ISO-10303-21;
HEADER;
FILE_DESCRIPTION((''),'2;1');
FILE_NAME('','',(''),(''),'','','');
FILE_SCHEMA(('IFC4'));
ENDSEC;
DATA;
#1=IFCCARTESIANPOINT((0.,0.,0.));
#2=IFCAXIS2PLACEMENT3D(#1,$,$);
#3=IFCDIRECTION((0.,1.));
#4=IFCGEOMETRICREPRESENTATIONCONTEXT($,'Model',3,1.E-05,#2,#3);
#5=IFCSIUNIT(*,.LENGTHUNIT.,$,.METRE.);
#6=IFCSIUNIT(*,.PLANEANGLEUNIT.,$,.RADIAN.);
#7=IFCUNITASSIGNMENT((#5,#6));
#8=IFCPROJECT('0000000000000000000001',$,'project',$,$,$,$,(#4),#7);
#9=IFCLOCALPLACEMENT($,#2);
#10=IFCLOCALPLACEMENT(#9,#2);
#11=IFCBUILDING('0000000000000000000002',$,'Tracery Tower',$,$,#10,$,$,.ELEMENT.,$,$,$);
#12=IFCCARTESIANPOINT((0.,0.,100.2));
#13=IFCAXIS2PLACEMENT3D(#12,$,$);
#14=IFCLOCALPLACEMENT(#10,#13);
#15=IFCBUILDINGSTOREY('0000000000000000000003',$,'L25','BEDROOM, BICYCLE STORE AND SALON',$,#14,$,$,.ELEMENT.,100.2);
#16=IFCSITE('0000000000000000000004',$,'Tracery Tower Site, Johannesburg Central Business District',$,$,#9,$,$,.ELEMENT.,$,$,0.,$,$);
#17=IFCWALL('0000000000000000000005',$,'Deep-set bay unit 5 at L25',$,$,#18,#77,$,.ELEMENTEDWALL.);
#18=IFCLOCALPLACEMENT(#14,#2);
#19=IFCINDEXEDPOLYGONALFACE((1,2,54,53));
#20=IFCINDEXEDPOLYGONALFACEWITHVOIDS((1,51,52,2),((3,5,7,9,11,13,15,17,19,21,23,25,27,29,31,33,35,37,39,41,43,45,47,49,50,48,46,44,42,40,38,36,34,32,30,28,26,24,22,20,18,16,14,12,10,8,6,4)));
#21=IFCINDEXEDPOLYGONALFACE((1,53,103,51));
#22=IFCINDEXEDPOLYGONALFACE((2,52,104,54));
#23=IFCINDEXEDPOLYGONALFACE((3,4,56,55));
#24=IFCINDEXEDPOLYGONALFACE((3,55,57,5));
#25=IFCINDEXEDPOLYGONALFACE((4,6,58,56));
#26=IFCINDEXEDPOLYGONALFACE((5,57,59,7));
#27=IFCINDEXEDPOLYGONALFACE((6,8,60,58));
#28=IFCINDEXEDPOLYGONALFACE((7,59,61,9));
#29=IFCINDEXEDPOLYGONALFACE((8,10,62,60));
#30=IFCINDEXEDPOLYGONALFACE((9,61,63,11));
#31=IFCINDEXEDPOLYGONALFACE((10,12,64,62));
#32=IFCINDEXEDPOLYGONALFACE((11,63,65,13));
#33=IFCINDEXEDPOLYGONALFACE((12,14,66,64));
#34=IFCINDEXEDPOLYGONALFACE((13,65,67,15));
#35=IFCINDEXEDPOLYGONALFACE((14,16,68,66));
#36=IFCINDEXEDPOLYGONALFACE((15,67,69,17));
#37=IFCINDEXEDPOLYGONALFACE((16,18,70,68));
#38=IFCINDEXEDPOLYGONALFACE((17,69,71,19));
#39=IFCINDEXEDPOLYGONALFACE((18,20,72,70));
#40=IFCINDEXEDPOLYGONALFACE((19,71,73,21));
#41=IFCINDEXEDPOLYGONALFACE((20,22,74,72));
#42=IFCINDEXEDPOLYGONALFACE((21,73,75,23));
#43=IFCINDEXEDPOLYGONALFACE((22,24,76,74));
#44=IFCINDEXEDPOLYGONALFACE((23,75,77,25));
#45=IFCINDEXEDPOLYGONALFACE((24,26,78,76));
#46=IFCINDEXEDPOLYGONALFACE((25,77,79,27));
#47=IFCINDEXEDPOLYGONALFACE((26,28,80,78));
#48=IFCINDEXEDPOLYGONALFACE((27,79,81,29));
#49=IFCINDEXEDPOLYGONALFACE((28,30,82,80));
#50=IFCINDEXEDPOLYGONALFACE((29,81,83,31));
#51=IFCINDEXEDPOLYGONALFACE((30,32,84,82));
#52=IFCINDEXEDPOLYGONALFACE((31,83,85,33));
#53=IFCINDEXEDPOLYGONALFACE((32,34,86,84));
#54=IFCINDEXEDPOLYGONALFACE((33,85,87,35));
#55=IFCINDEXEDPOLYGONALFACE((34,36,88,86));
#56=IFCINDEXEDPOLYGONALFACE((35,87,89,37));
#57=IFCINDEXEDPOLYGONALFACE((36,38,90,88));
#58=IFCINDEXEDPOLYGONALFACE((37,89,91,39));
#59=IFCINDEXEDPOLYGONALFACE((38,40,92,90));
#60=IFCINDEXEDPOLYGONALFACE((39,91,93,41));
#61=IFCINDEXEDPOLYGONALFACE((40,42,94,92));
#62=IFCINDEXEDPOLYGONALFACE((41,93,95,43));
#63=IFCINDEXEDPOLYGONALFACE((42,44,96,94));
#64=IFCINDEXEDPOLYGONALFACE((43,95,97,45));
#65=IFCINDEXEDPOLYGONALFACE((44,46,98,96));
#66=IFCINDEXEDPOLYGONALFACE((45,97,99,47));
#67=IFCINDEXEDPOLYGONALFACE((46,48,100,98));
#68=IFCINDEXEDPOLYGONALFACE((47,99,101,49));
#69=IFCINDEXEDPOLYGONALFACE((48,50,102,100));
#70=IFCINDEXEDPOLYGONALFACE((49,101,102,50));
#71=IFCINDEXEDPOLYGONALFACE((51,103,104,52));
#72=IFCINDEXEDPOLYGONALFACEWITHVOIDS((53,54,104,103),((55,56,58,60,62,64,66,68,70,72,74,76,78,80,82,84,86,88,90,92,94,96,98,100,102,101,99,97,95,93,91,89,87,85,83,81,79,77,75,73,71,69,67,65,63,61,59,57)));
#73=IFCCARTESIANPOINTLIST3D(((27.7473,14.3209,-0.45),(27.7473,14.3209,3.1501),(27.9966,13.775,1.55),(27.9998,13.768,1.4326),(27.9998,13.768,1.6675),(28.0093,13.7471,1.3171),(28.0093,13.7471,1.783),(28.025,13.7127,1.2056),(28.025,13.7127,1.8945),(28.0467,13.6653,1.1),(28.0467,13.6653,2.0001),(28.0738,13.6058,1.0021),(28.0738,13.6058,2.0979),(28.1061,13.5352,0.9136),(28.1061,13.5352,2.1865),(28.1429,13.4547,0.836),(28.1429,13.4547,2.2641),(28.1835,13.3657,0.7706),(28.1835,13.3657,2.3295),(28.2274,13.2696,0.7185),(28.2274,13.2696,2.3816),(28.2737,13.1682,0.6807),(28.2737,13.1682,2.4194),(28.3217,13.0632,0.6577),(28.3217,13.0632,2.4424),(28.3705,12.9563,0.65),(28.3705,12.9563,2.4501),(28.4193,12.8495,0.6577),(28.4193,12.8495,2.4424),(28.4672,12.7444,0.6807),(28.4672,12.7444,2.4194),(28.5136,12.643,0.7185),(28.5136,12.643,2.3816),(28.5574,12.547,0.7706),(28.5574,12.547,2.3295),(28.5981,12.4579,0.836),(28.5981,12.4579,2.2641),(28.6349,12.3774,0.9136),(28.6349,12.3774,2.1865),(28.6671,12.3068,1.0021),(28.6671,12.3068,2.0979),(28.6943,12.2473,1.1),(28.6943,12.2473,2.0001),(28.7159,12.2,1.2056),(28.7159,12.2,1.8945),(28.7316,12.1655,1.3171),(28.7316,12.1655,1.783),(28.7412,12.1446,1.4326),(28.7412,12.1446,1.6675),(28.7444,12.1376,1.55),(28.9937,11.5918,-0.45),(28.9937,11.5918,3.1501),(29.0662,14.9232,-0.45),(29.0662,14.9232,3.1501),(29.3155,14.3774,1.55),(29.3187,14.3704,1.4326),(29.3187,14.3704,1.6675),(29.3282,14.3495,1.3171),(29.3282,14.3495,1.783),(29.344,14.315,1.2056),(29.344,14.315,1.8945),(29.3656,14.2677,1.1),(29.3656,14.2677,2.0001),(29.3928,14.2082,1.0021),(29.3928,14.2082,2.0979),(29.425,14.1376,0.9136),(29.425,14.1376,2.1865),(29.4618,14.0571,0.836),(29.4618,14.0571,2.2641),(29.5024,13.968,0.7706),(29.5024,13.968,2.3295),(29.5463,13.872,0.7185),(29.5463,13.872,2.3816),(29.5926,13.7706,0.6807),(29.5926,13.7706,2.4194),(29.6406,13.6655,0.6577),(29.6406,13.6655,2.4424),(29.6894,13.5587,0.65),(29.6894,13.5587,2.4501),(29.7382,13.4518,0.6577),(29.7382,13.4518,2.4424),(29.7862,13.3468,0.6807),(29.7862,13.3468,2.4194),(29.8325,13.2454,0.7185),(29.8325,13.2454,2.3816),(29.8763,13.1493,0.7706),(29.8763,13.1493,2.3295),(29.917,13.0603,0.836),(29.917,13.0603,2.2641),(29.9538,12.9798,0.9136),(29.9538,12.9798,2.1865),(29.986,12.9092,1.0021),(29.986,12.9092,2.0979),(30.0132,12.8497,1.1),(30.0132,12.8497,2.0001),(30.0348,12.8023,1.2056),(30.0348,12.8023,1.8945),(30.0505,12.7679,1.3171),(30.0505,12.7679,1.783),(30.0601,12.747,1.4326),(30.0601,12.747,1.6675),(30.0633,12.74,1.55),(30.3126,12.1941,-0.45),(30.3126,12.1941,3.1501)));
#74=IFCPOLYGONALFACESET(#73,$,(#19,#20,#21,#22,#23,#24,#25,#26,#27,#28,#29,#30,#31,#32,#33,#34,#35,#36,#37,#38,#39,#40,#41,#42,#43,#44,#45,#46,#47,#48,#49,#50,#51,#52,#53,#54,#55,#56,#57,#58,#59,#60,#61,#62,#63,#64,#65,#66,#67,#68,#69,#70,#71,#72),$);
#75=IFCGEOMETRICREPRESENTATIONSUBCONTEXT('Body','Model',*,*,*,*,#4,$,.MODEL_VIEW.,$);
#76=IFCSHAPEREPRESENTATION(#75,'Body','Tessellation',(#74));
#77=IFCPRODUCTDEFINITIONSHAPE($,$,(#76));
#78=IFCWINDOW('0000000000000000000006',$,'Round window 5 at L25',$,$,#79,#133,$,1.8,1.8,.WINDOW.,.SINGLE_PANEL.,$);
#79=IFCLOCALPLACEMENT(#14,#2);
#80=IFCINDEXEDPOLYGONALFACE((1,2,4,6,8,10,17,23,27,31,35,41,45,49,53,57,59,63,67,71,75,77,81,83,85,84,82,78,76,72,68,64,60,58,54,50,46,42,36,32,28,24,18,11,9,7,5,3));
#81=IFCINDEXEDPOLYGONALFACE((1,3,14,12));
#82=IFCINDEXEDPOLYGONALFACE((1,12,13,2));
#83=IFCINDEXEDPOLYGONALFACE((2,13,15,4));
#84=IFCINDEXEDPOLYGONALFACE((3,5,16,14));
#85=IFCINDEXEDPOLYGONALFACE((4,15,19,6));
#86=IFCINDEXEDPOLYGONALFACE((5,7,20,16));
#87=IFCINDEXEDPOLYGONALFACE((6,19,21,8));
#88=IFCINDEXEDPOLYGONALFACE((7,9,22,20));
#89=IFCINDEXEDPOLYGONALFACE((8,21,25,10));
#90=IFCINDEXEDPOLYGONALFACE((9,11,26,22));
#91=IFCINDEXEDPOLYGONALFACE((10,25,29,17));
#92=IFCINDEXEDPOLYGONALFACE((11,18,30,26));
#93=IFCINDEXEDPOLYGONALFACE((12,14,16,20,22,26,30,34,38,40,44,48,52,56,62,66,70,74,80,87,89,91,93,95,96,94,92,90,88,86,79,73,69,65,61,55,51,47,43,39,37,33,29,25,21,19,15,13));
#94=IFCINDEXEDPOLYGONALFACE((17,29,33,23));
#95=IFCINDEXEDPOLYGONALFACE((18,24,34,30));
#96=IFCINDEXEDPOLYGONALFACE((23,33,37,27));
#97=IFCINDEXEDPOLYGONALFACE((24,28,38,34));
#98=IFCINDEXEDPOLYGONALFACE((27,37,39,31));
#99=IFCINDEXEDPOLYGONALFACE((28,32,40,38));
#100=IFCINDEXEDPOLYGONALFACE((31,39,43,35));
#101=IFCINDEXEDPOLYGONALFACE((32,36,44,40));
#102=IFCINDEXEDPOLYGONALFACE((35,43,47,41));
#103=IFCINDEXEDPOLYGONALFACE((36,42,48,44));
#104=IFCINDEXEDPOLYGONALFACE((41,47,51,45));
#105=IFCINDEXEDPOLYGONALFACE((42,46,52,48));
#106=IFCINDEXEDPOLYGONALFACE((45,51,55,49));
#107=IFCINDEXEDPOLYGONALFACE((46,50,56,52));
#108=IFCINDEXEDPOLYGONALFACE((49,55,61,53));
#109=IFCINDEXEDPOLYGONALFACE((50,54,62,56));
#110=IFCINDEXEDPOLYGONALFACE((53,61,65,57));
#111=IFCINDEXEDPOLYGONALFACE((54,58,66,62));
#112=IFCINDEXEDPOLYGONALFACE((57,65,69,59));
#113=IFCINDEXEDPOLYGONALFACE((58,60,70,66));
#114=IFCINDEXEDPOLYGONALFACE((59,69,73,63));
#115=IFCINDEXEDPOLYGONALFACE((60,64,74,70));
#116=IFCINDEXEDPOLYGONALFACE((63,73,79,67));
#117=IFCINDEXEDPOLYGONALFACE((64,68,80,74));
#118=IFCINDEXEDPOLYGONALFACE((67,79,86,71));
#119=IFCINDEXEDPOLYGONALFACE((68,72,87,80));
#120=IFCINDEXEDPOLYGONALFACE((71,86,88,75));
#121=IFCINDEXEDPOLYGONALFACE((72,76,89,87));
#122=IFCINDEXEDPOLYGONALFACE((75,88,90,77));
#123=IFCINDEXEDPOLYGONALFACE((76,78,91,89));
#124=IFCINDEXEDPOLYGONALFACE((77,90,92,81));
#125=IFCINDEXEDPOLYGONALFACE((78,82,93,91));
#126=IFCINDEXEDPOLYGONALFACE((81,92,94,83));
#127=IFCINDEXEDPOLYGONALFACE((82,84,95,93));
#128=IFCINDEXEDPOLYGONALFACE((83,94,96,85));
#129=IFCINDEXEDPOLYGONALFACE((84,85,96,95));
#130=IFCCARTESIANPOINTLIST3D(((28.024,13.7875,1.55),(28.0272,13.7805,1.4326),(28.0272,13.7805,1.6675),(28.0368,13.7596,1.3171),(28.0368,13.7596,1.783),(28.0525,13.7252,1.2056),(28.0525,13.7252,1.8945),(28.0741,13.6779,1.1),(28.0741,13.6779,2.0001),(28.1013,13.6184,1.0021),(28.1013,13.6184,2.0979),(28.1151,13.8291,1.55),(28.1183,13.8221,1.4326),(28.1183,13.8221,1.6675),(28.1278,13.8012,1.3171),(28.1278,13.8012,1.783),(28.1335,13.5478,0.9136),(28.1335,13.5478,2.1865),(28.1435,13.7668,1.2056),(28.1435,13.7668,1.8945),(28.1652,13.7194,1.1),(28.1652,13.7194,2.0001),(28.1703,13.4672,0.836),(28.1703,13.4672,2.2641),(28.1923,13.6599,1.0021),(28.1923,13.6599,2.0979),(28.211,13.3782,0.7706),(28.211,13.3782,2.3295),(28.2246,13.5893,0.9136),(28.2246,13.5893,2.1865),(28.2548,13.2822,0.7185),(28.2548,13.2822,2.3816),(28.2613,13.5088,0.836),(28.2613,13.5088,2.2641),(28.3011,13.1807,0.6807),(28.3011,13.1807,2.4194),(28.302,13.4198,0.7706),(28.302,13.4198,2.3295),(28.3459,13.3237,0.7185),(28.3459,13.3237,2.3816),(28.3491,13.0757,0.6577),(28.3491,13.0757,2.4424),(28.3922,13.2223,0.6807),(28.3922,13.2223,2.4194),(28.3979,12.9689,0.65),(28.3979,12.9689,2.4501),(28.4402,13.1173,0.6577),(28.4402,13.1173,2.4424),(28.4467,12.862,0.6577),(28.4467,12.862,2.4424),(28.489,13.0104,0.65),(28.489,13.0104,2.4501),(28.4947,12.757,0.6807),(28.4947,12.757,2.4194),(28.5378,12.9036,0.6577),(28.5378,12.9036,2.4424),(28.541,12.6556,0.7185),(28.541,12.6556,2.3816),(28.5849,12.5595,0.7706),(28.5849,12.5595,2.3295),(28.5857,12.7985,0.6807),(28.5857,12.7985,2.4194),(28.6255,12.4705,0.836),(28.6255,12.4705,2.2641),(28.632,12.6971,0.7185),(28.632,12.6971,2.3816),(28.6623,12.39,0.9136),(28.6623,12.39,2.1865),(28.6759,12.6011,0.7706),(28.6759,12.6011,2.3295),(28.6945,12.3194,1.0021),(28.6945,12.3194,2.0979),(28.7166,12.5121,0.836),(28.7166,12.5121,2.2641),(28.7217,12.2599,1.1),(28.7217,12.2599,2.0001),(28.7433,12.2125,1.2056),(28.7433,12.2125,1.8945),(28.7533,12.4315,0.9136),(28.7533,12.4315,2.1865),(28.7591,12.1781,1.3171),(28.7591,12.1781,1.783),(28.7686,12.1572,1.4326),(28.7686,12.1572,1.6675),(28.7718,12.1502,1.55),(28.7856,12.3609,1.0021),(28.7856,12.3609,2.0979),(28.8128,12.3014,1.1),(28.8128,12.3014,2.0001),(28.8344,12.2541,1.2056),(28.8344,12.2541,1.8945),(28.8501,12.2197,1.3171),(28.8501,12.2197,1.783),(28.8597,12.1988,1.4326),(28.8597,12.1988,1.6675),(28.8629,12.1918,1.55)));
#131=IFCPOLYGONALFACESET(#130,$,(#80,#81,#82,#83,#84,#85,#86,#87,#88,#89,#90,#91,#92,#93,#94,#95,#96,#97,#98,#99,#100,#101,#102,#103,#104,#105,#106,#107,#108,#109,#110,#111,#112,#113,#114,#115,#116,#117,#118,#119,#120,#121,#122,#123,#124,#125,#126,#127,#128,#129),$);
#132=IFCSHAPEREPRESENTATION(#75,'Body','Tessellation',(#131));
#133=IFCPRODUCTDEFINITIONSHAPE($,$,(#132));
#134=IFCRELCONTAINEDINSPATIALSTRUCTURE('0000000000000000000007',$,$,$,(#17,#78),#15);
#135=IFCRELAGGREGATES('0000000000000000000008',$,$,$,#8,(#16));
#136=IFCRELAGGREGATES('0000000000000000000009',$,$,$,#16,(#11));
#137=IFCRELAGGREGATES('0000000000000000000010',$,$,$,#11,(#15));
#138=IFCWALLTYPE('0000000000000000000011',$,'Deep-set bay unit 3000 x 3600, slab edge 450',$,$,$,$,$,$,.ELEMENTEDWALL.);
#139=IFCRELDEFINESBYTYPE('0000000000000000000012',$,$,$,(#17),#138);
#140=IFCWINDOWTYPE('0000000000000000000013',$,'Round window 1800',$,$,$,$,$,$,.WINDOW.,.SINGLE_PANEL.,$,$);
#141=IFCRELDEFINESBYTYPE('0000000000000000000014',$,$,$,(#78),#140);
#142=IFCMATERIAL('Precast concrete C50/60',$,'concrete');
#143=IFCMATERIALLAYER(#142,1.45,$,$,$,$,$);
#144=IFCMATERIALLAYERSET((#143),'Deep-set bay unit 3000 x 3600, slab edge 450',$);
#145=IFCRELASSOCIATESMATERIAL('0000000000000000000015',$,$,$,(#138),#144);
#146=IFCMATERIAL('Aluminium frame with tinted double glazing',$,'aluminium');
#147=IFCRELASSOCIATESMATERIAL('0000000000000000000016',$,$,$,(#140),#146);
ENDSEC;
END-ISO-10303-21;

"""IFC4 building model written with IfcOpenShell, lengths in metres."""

from ifc_helpers import new_model, si_unit, direction, frame, frame_2d, origin, origin_2d, place, context, subcontext, project, spatial, rectangle, circle, extrude, material, layer, layer_set, type_object, element, fill, save


model = new_model("IFC4")

# Units and contexts
model_context = context("Model", 3, precision=1e-05, world=origin(), true_north=direction((0.0, 1.0)))
body_context = subcontext(model_context, "Body", "Model", "MODEL_VIEW")
ifc_project = project(units=[si_unit("LENGTHUNIT", "METRE"), si_unit("PLANEANGLEUNIT", "RADIAN")], contexts=[model_context])

# Site, building, storey
site_placement = place(None, origin())
site = spatial("IfcSite", under=ifc_project, at=site_placement, Name="Tracery Tower Site, Johannesburg Central Business District", CompositionType="ELEMENT", RefElevation=0.0)
building_placement = place(site_placement, origin())
building = spatial("IfcBuilding", under=site, at=building_placement, Name="Tracery Tower", CompositionType="ELEMENT")
storey_placement = place(building_placement, frame((0.0, 0.0, 100.2)))
storey = spatial("IfcBuildingStorey", under=building, at=storey_placement, Name="L25", Description="BEDROOM, BICYCLE STORE AND SALON", CompositionType="ELEMENT", Elevation=100.2)

# Wall, opening, window
ifc_material_1 = material(Name="Precast concrete C50/60", Category="concrete")
ifc_layer_1 = layer(ifc_material_1, 1.45)
ifc_layer_set_1 = layer_set([ifc_layer_1], Name="Deep-set bay unit 3000 x 3600, slab edge 450")
wall_type_1 = type_object("IfcWallType", Name="Deep-set bay unit 3000 x 3600, slab edge 450", PredefinedType="ELEMENTEDWALL", material=ifc_layer_set_1)
wall_1_placement = place(storey_placement, frame((29.6531, 11.8931, -0.45), z_axis=(0.0, 0.0, 1.0), x_axis=(-0.415427, 0.909627, 0.0)))
wall_1 = element("IfcWall", 1, at=wall_1_placement, inside=storey, type_object=wall_type_1, Name="Deep-set bay unit 5 at L25", PredefinedType="ELEMENTEDWALL", context=body_context, shape_type="SweptSolid", body=[
    extrude(rectangle(XDim=3.0002, YDim=1.45, at=frame_2d((1.5, 0.0))), origin(), (0.0, 0.0, 1.0), 3.6001),
])
opening_1_placement = place(wall_1_placement, frame((1.5, 0.0, 2.0)))
opening_1 = element("IfcOpeningElement", 2, at=opening_1_placement, cuts=wall_1, PredefinedType="OPENING", context=body_context, shape_type="SweptSolid", body=[
    extrude(circle(Radius=0.9, at=origin_2d()), frame((0.0, 0.7349, 0.0), z_axis=(0.0, -1.0, 0.0), x_axis=(1.0, 0.0, 0.0)), (0.0, 0.0, 1.0), 1.47),
])
ifc_material_2 = material(Name="Aluminium frame with tinted double glazing", Category="aluminium")
window_type = type_object("IfcWindowType", Name="Round window 1800", PartitioningType="SINGLE_PANEL", PredefinedType="WINDOW", material=ifc_material_2)
window_1_placement = place(opening_1_placement, origin())
window_1 = element("IfcWindow", 3, at=window_1_placement, inside=storey, type_object=window_type, Name="Round window 5 at L25", OverallHeight=1.8, OverallWidth=1.8, PartitioningType="SINGLE_PANEL", PredefinedType="WINDOW", context=body_context, shape_type="SweptSolid", body=[
    extrude(circle(Radius=0.9, at=origin_2d()), frame((0.0, 0.6948, 0.0), z_axis=(0.0, -1.0, 0.0), x_axis=(1.0, 0.0, 0.0)), (0.0, 0.0, 1.0), 0.1001),
])
fill(opening_1, window_1)

save(model, "model.ifc")
